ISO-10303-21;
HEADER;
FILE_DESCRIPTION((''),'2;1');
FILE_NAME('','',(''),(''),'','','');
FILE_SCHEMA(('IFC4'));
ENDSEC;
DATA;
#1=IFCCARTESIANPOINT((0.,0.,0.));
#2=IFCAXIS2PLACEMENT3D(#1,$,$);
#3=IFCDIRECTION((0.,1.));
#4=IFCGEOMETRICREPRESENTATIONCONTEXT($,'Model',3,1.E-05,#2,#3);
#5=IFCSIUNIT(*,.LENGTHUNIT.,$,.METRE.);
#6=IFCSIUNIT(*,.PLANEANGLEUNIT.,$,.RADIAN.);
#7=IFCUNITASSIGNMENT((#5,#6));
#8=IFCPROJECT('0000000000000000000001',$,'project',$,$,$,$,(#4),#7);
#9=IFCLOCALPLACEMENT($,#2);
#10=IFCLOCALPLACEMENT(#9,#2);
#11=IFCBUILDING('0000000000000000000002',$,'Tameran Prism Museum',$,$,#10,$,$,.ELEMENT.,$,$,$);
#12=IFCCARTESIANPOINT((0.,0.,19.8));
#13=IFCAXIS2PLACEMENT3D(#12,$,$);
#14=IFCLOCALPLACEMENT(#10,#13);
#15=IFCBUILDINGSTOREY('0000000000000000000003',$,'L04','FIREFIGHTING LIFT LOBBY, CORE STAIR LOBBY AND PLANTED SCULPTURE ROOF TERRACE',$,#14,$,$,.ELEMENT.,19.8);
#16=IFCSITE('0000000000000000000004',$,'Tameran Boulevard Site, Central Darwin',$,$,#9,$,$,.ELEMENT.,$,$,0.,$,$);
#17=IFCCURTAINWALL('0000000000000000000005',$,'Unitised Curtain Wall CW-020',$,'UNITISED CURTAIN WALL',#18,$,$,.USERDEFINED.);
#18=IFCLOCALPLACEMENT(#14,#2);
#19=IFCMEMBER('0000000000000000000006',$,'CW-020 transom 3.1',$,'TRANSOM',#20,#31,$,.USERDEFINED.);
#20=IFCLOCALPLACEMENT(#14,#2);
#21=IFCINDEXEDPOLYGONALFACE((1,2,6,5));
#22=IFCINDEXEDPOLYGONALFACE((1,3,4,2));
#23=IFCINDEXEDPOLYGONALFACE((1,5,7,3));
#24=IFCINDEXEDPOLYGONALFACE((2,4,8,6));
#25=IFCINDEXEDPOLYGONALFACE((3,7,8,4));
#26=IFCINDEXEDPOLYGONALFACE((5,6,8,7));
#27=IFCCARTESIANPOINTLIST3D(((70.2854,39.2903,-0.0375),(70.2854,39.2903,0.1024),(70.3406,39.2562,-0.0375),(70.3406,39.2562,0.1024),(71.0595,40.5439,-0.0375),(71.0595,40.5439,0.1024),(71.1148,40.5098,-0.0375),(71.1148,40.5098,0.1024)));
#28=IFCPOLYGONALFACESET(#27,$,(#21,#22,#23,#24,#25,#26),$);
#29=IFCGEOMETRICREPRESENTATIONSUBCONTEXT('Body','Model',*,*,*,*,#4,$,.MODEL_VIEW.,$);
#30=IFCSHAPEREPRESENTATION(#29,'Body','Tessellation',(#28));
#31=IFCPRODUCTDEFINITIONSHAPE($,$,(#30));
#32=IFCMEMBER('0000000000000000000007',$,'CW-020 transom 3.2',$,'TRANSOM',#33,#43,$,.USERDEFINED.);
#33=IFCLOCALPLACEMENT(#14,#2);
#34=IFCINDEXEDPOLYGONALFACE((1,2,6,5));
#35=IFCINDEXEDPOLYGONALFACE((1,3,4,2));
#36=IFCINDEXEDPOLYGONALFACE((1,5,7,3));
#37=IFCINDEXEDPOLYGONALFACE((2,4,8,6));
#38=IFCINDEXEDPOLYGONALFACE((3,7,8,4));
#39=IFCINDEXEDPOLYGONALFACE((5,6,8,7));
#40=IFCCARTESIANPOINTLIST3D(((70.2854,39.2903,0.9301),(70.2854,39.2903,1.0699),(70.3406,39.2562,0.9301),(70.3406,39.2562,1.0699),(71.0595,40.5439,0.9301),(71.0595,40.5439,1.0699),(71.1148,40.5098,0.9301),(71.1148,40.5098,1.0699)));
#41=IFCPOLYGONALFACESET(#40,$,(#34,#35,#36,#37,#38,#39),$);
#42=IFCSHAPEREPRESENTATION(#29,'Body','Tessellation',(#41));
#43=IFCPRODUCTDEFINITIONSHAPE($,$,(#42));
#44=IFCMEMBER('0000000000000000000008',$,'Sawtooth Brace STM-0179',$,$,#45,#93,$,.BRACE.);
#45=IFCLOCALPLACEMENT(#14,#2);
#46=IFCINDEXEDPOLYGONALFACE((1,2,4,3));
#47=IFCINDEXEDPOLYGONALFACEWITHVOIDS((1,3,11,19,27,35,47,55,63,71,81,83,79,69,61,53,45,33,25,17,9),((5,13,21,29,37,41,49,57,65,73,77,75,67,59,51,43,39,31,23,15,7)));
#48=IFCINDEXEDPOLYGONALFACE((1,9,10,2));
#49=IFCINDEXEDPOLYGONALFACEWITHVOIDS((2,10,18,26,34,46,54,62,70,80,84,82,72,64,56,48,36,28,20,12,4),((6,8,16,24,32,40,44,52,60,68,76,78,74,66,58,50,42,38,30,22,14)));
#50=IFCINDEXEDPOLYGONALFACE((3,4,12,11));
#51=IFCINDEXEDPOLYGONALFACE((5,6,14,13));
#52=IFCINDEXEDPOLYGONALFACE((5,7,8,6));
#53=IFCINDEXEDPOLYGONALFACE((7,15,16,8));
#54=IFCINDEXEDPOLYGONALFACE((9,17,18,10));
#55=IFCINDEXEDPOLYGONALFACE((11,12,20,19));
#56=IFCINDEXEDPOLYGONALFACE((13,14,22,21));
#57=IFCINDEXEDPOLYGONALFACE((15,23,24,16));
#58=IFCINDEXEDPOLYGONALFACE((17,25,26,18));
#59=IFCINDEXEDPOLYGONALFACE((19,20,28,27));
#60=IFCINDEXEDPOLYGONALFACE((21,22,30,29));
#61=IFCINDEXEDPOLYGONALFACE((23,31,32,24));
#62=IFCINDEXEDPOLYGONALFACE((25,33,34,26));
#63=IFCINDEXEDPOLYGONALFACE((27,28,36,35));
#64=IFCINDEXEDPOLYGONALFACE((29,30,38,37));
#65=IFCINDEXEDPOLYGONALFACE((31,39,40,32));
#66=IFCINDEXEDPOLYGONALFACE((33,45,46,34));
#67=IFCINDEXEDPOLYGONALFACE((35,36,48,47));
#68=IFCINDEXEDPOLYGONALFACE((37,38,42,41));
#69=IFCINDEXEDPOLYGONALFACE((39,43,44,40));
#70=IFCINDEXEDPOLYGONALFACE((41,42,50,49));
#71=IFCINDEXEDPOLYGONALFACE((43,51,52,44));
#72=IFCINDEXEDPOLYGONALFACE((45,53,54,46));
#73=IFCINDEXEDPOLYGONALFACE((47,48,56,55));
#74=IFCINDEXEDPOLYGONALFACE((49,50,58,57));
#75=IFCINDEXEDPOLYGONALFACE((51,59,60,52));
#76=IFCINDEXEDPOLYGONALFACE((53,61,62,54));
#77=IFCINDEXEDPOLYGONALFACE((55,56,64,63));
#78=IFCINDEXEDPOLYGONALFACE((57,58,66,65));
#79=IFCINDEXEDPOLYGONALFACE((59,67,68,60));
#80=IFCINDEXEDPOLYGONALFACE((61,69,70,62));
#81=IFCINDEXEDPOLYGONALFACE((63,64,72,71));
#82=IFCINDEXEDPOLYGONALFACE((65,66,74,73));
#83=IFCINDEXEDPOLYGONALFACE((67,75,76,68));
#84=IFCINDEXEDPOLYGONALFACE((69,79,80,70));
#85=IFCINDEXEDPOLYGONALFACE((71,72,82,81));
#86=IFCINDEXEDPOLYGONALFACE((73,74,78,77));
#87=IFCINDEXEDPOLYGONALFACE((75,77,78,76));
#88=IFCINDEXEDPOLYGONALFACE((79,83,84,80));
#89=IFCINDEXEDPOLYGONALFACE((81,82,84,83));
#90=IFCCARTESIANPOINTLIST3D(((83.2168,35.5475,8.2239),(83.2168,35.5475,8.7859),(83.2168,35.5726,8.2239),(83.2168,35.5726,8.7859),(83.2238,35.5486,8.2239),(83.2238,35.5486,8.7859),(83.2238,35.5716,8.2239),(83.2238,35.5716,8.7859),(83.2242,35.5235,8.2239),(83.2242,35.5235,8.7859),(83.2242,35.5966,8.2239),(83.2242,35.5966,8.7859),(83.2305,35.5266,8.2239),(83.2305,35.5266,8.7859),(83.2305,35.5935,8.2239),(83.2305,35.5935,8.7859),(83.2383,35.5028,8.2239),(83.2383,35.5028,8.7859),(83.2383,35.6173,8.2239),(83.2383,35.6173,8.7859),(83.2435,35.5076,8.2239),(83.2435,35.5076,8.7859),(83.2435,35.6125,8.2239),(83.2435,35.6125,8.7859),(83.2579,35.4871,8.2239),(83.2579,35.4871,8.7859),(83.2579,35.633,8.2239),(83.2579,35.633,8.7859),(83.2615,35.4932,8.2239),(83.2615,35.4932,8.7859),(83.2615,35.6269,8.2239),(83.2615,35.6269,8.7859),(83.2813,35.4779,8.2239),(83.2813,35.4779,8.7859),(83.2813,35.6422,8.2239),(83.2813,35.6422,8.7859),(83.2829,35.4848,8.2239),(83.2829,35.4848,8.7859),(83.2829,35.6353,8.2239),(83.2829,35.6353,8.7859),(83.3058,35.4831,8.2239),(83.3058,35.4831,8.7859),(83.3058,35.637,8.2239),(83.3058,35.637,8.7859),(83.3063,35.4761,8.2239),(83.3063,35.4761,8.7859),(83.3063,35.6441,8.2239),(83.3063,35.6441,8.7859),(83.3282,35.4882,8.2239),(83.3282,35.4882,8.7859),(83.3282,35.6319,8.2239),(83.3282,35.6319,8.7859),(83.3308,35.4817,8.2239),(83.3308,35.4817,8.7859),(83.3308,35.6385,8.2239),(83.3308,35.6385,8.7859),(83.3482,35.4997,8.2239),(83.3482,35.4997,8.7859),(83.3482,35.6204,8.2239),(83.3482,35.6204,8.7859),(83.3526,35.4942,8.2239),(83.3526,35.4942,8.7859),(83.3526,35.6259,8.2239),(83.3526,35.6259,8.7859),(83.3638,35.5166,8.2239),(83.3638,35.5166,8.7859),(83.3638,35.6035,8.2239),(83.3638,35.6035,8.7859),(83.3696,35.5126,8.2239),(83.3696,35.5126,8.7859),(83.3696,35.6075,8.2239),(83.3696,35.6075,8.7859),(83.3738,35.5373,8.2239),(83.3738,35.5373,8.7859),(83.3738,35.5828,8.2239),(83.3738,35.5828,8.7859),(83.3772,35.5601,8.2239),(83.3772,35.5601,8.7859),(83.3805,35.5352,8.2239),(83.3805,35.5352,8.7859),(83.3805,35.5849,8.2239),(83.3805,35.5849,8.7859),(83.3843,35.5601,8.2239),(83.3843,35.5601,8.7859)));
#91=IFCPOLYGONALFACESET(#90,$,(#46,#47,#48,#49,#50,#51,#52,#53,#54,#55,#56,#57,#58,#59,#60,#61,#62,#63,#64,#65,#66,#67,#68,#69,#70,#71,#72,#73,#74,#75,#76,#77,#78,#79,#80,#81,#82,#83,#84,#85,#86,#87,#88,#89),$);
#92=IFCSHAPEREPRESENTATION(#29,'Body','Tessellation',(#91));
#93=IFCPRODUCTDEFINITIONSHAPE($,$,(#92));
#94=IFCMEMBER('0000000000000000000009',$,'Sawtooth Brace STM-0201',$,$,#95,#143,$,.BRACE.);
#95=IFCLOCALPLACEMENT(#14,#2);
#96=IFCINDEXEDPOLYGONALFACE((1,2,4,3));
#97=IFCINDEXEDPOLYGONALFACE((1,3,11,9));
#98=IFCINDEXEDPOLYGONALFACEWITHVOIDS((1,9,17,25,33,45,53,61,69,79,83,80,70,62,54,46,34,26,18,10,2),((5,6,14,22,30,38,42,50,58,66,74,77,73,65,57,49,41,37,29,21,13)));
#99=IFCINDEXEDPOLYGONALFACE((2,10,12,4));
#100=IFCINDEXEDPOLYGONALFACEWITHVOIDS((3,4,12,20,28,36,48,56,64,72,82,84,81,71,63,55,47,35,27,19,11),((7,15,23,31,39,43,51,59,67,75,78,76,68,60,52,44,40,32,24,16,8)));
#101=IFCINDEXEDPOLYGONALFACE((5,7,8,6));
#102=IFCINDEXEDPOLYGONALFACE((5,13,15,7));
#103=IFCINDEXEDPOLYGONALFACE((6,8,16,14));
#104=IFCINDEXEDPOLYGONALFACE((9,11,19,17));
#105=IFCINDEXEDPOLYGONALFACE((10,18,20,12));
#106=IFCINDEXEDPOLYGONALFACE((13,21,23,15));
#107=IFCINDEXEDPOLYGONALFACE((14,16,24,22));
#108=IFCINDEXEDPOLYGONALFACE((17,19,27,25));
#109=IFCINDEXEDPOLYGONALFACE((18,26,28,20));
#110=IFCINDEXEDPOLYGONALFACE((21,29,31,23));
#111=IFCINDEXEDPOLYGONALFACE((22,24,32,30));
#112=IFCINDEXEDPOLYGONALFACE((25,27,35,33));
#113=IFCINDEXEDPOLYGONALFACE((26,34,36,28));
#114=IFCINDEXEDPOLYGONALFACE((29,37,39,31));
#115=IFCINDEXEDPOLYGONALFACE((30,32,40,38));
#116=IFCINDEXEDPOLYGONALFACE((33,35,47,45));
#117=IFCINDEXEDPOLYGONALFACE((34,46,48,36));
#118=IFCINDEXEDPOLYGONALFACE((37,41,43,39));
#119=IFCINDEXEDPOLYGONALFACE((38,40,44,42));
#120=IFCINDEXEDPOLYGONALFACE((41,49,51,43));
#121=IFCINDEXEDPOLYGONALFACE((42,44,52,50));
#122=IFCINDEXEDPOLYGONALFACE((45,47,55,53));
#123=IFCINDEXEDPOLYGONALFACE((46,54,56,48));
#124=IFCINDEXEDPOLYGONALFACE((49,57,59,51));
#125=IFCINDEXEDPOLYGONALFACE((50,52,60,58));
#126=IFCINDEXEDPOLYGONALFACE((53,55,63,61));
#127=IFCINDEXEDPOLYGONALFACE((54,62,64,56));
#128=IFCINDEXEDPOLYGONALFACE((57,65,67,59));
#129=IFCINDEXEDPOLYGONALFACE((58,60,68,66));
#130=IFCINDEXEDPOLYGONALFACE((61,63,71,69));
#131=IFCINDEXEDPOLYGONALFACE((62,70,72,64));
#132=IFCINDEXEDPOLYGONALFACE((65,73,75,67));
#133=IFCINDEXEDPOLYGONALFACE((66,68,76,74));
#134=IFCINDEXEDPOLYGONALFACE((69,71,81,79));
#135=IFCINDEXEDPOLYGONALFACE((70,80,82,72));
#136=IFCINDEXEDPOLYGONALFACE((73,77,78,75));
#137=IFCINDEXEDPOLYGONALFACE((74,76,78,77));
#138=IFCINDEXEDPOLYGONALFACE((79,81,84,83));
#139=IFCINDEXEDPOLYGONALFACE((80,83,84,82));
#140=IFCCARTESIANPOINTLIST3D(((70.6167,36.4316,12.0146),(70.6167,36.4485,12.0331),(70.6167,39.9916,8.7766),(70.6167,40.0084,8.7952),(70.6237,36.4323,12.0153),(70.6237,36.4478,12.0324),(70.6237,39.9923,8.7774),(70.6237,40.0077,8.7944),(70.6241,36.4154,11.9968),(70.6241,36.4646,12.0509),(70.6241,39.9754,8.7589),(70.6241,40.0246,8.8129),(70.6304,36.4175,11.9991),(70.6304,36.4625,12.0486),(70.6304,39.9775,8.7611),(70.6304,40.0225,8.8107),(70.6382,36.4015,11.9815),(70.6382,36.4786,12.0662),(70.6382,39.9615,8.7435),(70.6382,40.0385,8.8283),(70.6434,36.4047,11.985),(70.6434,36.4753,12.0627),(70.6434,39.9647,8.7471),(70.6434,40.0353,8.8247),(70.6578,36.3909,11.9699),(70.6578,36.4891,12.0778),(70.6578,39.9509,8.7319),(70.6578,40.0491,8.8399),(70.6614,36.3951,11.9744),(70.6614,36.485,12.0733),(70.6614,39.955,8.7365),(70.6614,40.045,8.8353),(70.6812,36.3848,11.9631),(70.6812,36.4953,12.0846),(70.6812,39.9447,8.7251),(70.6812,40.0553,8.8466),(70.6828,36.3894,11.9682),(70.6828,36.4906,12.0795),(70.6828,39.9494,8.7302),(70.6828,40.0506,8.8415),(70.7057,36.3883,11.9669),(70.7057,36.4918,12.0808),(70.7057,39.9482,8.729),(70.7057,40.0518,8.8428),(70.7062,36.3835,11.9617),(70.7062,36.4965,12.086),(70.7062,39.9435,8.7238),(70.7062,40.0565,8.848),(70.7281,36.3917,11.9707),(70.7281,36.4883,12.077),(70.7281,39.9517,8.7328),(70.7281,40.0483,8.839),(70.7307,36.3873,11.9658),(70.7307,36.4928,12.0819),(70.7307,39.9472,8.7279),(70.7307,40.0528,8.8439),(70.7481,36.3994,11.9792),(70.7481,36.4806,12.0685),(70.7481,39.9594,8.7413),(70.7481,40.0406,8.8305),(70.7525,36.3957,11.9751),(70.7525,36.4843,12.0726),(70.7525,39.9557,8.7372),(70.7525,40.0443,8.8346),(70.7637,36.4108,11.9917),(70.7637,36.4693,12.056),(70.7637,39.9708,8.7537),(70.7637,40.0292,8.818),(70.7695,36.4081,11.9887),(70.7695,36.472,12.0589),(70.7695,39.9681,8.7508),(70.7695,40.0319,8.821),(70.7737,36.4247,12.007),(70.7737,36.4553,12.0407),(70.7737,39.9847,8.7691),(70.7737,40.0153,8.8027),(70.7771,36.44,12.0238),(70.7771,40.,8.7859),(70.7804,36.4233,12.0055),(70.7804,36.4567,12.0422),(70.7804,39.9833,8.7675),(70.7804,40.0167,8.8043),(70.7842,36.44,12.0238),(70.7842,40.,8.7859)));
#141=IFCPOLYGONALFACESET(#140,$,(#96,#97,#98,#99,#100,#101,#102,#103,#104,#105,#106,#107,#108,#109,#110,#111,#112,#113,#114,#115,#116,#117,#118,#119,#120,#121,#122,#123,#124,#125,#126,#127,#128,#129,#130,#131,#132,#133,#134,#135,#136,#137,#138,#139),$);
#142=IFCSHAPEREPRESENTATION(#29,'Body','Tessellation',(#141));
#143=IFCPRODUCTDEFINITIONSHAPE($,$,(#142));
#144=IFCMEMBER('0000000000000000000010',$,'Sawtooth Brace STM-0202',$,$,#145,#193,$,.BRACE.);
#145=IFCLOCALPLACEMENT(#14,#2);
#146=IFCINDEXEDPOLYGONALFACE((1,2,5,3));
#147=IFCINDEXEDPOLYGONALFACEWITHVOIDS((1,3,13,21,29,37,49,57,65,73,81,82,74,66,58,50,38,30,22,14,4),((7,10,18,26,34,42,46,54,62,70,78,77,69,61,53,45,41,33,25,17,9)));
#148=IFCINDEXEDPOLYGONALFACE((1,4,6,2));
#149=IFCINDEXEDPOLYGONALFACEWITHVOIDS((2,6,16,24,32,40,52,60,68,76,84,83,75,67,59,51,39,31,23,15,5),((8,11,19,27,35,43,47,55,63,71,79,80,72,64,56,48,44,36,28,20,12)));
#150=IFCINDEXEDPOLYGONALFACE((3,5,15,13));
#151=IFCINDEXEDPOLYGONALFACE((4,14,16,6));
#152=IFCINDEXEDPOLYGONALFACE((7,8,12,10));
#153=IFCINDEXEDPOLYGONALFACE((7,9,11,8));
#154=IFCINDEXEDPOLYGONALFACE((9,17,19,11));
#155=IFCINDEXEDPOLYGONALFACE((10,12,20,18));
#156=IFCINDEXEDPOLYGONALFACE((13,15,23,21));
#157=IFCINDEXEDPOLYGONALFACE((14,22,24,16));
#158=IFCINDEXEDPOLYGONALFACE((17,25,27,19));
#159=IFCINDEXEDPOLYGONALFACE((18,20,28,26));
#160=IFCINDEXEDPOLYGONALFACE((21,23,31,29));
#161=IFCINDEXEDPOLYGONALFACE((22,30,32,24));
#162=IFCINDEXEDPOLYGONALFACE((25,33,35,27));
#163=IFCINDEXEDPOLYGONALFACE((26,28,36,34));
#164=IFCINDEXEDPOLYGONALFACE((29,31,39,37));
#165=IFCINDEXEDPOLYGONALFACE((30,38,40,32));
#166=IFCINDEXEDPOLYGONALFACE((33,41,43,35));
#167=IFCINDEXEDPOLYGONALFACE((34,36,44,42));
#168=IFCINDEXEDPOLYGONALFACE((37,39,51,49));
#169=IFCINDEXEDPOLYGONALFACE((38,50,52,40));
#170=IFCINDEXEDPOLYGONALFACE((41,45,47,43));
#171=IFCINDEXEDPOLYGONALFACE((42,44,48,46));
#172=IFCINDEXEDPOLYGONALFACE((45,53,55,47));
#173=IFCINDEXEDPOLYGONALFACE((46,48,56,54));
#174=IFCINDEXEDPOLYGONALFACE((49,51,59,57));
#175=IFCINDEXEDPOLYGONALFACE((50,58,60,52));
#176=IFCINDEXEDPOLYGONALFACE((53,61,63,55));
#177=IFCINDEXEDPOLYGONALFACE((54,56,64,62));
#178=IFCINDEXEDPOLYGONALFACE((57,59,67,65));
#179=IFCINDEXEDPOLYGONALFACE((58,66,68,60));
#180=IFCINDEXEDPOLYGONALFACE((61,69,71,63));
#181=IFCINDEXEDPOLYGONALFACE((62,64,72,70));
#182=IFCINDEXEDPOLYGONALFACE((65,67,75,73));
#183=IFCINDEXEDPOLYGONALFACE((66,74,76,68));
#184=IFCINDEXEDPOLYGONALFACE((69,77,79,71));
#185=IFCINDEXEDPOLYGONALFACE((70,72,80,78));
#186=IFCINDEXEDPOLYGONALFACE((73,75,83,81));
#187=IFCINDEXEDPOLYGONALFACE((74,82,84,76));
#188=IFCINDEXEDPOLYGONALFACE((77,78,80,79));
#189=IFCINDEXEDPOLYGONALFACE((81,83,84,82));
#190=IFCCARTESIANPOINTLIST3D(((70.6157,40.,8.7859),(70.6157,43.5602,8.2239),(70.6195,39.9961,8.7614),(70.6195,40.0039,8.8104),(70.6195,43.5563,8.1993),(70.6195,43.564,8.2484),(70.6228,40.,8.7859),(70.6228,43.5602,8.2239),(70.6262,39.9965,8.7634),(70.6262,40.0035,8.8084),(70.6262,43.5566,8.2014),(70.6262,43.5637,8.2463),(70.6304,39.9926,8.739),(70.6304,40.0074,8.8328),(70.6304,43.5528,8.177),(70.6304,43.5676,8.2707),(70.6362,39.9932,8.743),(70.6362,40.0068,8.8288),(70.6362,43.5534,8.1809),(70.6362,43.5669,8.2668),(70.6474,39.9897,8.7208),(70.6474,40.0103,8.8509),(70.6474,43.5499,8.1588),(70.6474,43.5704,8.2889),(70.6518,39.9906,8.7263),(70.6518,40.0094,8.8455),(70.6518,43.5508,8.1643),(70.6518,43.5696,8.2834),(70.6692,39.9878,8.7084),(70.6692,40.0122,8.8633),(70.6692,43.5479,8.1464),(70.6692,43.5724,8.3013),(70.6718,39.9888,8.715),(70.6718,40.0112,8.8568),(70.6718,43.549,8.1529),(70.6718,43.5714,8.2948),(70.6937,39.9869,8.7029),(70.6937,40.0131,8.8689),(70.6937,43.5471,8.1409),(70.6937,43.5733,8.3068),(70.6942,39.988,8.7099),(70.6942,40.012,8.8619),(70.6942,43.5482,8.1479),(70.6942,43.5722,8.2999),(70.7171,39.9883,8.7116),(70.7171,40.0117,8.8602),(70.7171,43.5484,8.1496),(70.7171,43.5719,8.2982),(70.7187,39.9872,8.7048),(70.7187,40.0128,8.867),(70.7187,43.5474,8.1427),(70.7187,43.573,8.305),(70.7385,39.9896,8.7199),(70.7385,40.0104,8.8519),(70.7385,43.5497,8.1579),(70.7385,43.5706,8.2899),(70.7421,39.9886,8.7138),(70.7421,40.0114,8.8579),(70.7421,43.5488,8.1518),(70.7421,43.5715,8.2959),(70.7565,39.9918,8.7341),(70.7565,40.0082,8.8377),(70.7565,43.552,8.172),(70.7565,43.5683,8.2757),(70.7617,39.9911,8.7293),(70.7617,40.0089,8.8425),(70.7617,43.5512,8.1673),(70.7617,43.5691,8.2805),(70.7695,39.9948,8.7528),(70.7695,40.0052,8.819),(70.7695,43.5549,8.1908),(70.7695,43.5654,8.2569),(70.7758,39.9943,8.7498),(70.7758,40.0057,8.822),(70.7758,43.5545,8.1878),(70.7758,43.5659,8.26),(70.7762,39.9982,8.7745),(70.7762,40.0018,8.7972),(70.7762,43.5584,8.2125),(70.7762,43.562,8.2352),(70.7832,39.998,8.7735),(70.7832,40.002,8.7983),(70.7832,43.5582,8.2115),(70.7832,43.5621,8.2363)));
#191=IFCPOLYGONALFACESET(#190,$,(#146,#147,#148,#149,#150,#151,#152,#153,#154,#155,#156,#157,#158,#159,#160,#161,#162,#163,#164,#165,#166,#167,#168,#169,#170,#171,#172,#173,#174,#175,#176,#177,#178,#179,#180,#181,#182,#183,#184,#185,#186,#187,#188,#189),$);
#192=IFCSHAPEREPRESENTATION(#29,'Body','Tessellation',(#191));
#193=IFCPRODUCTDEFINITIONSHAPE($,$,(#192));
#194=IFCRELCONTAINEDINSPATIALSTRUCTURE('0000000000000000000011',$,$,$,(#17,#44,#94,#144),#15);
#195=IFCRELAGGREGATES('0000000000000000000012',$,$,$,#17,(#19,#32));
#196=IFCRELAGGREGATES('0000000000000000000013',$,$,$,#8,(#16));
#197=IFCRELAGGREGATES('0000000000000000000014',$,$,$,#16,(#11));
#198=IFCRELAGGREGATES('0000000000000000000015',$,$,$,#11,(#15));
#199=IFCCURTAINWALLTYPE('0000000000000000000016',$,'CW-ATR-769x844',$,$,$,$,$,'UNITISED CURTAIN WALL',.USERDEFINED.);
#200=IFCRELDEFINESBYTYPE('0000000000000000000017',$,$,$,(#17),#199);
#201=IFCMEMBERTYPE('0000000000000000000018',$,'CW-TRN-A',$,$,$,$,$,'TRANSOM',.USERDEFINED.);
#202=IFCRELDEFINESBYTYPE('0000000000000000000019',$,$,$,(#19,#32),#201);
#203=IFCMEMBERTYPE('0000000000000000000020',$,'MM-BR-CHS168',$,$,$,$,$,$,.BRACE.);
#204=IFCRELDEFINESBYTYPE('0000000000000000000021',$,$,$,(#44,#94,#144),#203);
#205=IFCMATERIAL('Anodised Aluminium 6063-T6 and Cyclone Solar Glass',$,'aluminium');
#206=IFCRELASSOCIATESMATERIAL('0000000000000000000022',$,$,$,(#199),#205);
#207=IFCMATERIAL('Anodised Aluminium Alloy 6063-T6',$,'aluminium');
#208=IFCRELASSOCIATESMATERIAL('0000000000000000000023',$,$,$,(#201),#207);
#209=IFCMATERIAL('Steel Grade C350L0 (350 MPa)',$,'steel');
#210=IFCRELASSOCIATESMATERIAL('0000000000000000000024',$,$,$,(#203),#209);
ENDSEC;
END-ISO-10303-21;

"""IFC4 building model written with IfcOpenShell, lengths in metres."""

from ifc_helpers import new_model, si_unit, direction, frame, origin, origin_2d, place, context, subcontext, project, spatial, rectangle, hollow_circle, extrude, material, material_profile, profile_set, type_object, element, aggregate, save


model = new_model("IFC4")

# Units and contexts
model_context = context("Model", 3, precision=1e-05, world=origin(), true_north=direction((0.0, 1.0)))
body_context = subcontext(model_context, "Body", "Model", "MODEL_VIEW")
ifc_project = project(units=[si_unit("LENGTHUNIT", "METRE"), si_unit("PLANEANGLEUNIT", "RADIAN")], contexts=[model_context])

# Site, building, storey
site_placement = place(None, origin())
site = spatial("IfcSite", under=ifc_project, at=site_placement, Name="Tameran Boulevard Site, Central Darwin", CompositionType="ELEMENT", RefElevation=0.0)
building_placement = place(site_placement, origin())
building = spatial("IfcBuilding", under=site, at=building_placement, Name="Tameran Prism Museum", CompositionType="ELEMENT")
storey_placement = place(building_placement, frame((0.0, 0.0, 19.8)))
storey = spatial("IfcBuildingStorey", under=building, at=storey_placement, Name="L04", Description="FIREFIGHTING LIFT LOBBY, CORE STAIR LOBBY AND PLANTED SCULPTURE ROOF TERRACE", CompositionType="ELEMENT", Elevation=19.8)

# Curtain wall, members
ifc_material_1 = material(Name="Anodised Aluminium 6063-T6 and Cyclone Solar Glass", Category="aluminium")
curtain_wall_type = type_object("IfcCurtainWallType", Name="CW-ATR-769x844", ElementType="UNITISED CURTAIN WALL", PredefinedType="USERDEFINED", material=ifc_material_1)
curtain_wall_placement = place(storey_placement, origin())
curtain_wall = element("IfcCurtainWall", 1, at=curtain_wall_placement, inside=storey, type_object=curtain_wall_type, Name="Unitised Curtain Wall CW-020", ObjectType="UNITISED CURTAIN WALL", PredefinedType="USERDEFINED")
ifc_material_2 = material(Name="Anodised Aluminium Alloy 6063-T6", Category="aluminium")
ifc_material_profile_1 = material_profile(ifc_material_2, rectangle(XDim=0.0649, YDim=0.1399, at=origin_2d()))
ifc_profile_set_1 = profile_set([ifc_material_profile_1])
member_type_1 = type_object("IfcMemberType", Name="CW-TRN-A", ElementType="TRANSOM", PredefinedType="USERDEFINED", material=ifc_profile_set_1)
member_1_placement = place(storey_placement, frame((71.0872, 40.5269, 0.0325), z_axis=(-0.525419, -0.850844, 0.0), x_axis=(0.850844, -0.525419, 0.0)))
member_1 = element("IfcMember", 2, at=member_1_placement, type_object=member_type_1, Name="CW-020 transom 3.1", ObjectType="TRANSOM", PredefinedType="USERDEFINED", context=body_context, shape_type="SweptSolid", body=[
    extrude(rectangle(XDim=0.0649, YDim=0.1399, at=origin_2d()), origin(), (0.0, 0.0, 1.0), 1.4734),
])
member_2_placement = place(storey_placement, frame((71.0872, 40.5269, 1.0), z_axis=(-0.525419, -0.850844, 0.0), x_axis=(0.850844, -0.525419, 0.0)))
member_2 = element("IfcMember", 3, at=member_2_placement, type_object=member_type_1, Name="CW-020 transom 3.2", ObjectType="TRANSOM", PredefinedType="USERDEFINED", context=body_context, shape_type="SweptSolid", body=[
    extrude(rectangle(XDim=0.0649, YDim=0.1399, at=origin_2d()), origin(), (0.0, 0.0, 1.0), 1.4734),
])

# Members
ifc_material_3 = material(Name="Steel Grade C350L0 (350 MPa)", Category="steel")
ifc_material_profile_2 = material_profile(ifc_material_3, hollow_circle(Radius=0.0842, WallThickness=0.0071, at=origin_2d()))
ifc_profile_set_2 = profile_set([ifc_material_profile_2])
member_type_2 = type_object("IfcMemberType", Name="MM-BR-CHS168", PredefinedType="BRACE", material=ifc_profile_set_2)
member_3_placement = place(storey_placement, frame((83.3, 35.5601, 8.7859), z_axis=(0.0, 0.0, -1.0), x_axis=(1.0, 0.0, 0.0)))
element("IfcMember", 4, at=member_3_placement, inside=storey, type_object=member_type_2, Name="Sawtooth Brace STM-0179", PredefinedType="BRACE", context=body_context, shape_type="SweptSolid", body=[
    extrude(hollow_circle(Radius=0.0842, WallThickness=0.0071, at=origin_2d()), origin(), (0.0, 0.0, 1.0), 0.562),
])
member_4_placement = place(storey_placement, frame((70.7, 40.0, 8.7859), z_axis=(0.0, -0.739772, 0.672857), x_axis=(1.0, 0.0, 0.0)))
element("IfcMember", 5, at=member_4_placement, inside=storey, type_object=member_type_2, Name="Sawtooth Brace STM-0201", PredefinedType="BRACE", context=body_context, shape_type="SweptSolid", body=[
    extrude(hollow_circle(Radius=0.0842, WallThickness=0.0071, at=origin_2d()), origin(), (0.0, 0.0, 1.0), 4.8123),
])
member_5_placement = place(storey_placement, frame((70.7, 40.0, 8.7859), z_axis=(0.0, 0.987767, -0.155935), x_axis=(-1.0, 0.0, 0.0)))
element("IfcMember", 6, at=member_5_placement, inside=storey, type_object=member_type_2, Name="Sawtooth Brace STM-0202", PredefinedType="BRACE", context=body_context, shape_type="SweptSolid", body=[
    extrude(hollow_circle(Radius=0.0842, WallThickness=0.0071, at=origin_2d()), origin(), (0.0, 0.0, 1.0), 3.6042),
])

aggregate(curtain_wall, [member_1, member_2])

save(model, "model.ifc")
